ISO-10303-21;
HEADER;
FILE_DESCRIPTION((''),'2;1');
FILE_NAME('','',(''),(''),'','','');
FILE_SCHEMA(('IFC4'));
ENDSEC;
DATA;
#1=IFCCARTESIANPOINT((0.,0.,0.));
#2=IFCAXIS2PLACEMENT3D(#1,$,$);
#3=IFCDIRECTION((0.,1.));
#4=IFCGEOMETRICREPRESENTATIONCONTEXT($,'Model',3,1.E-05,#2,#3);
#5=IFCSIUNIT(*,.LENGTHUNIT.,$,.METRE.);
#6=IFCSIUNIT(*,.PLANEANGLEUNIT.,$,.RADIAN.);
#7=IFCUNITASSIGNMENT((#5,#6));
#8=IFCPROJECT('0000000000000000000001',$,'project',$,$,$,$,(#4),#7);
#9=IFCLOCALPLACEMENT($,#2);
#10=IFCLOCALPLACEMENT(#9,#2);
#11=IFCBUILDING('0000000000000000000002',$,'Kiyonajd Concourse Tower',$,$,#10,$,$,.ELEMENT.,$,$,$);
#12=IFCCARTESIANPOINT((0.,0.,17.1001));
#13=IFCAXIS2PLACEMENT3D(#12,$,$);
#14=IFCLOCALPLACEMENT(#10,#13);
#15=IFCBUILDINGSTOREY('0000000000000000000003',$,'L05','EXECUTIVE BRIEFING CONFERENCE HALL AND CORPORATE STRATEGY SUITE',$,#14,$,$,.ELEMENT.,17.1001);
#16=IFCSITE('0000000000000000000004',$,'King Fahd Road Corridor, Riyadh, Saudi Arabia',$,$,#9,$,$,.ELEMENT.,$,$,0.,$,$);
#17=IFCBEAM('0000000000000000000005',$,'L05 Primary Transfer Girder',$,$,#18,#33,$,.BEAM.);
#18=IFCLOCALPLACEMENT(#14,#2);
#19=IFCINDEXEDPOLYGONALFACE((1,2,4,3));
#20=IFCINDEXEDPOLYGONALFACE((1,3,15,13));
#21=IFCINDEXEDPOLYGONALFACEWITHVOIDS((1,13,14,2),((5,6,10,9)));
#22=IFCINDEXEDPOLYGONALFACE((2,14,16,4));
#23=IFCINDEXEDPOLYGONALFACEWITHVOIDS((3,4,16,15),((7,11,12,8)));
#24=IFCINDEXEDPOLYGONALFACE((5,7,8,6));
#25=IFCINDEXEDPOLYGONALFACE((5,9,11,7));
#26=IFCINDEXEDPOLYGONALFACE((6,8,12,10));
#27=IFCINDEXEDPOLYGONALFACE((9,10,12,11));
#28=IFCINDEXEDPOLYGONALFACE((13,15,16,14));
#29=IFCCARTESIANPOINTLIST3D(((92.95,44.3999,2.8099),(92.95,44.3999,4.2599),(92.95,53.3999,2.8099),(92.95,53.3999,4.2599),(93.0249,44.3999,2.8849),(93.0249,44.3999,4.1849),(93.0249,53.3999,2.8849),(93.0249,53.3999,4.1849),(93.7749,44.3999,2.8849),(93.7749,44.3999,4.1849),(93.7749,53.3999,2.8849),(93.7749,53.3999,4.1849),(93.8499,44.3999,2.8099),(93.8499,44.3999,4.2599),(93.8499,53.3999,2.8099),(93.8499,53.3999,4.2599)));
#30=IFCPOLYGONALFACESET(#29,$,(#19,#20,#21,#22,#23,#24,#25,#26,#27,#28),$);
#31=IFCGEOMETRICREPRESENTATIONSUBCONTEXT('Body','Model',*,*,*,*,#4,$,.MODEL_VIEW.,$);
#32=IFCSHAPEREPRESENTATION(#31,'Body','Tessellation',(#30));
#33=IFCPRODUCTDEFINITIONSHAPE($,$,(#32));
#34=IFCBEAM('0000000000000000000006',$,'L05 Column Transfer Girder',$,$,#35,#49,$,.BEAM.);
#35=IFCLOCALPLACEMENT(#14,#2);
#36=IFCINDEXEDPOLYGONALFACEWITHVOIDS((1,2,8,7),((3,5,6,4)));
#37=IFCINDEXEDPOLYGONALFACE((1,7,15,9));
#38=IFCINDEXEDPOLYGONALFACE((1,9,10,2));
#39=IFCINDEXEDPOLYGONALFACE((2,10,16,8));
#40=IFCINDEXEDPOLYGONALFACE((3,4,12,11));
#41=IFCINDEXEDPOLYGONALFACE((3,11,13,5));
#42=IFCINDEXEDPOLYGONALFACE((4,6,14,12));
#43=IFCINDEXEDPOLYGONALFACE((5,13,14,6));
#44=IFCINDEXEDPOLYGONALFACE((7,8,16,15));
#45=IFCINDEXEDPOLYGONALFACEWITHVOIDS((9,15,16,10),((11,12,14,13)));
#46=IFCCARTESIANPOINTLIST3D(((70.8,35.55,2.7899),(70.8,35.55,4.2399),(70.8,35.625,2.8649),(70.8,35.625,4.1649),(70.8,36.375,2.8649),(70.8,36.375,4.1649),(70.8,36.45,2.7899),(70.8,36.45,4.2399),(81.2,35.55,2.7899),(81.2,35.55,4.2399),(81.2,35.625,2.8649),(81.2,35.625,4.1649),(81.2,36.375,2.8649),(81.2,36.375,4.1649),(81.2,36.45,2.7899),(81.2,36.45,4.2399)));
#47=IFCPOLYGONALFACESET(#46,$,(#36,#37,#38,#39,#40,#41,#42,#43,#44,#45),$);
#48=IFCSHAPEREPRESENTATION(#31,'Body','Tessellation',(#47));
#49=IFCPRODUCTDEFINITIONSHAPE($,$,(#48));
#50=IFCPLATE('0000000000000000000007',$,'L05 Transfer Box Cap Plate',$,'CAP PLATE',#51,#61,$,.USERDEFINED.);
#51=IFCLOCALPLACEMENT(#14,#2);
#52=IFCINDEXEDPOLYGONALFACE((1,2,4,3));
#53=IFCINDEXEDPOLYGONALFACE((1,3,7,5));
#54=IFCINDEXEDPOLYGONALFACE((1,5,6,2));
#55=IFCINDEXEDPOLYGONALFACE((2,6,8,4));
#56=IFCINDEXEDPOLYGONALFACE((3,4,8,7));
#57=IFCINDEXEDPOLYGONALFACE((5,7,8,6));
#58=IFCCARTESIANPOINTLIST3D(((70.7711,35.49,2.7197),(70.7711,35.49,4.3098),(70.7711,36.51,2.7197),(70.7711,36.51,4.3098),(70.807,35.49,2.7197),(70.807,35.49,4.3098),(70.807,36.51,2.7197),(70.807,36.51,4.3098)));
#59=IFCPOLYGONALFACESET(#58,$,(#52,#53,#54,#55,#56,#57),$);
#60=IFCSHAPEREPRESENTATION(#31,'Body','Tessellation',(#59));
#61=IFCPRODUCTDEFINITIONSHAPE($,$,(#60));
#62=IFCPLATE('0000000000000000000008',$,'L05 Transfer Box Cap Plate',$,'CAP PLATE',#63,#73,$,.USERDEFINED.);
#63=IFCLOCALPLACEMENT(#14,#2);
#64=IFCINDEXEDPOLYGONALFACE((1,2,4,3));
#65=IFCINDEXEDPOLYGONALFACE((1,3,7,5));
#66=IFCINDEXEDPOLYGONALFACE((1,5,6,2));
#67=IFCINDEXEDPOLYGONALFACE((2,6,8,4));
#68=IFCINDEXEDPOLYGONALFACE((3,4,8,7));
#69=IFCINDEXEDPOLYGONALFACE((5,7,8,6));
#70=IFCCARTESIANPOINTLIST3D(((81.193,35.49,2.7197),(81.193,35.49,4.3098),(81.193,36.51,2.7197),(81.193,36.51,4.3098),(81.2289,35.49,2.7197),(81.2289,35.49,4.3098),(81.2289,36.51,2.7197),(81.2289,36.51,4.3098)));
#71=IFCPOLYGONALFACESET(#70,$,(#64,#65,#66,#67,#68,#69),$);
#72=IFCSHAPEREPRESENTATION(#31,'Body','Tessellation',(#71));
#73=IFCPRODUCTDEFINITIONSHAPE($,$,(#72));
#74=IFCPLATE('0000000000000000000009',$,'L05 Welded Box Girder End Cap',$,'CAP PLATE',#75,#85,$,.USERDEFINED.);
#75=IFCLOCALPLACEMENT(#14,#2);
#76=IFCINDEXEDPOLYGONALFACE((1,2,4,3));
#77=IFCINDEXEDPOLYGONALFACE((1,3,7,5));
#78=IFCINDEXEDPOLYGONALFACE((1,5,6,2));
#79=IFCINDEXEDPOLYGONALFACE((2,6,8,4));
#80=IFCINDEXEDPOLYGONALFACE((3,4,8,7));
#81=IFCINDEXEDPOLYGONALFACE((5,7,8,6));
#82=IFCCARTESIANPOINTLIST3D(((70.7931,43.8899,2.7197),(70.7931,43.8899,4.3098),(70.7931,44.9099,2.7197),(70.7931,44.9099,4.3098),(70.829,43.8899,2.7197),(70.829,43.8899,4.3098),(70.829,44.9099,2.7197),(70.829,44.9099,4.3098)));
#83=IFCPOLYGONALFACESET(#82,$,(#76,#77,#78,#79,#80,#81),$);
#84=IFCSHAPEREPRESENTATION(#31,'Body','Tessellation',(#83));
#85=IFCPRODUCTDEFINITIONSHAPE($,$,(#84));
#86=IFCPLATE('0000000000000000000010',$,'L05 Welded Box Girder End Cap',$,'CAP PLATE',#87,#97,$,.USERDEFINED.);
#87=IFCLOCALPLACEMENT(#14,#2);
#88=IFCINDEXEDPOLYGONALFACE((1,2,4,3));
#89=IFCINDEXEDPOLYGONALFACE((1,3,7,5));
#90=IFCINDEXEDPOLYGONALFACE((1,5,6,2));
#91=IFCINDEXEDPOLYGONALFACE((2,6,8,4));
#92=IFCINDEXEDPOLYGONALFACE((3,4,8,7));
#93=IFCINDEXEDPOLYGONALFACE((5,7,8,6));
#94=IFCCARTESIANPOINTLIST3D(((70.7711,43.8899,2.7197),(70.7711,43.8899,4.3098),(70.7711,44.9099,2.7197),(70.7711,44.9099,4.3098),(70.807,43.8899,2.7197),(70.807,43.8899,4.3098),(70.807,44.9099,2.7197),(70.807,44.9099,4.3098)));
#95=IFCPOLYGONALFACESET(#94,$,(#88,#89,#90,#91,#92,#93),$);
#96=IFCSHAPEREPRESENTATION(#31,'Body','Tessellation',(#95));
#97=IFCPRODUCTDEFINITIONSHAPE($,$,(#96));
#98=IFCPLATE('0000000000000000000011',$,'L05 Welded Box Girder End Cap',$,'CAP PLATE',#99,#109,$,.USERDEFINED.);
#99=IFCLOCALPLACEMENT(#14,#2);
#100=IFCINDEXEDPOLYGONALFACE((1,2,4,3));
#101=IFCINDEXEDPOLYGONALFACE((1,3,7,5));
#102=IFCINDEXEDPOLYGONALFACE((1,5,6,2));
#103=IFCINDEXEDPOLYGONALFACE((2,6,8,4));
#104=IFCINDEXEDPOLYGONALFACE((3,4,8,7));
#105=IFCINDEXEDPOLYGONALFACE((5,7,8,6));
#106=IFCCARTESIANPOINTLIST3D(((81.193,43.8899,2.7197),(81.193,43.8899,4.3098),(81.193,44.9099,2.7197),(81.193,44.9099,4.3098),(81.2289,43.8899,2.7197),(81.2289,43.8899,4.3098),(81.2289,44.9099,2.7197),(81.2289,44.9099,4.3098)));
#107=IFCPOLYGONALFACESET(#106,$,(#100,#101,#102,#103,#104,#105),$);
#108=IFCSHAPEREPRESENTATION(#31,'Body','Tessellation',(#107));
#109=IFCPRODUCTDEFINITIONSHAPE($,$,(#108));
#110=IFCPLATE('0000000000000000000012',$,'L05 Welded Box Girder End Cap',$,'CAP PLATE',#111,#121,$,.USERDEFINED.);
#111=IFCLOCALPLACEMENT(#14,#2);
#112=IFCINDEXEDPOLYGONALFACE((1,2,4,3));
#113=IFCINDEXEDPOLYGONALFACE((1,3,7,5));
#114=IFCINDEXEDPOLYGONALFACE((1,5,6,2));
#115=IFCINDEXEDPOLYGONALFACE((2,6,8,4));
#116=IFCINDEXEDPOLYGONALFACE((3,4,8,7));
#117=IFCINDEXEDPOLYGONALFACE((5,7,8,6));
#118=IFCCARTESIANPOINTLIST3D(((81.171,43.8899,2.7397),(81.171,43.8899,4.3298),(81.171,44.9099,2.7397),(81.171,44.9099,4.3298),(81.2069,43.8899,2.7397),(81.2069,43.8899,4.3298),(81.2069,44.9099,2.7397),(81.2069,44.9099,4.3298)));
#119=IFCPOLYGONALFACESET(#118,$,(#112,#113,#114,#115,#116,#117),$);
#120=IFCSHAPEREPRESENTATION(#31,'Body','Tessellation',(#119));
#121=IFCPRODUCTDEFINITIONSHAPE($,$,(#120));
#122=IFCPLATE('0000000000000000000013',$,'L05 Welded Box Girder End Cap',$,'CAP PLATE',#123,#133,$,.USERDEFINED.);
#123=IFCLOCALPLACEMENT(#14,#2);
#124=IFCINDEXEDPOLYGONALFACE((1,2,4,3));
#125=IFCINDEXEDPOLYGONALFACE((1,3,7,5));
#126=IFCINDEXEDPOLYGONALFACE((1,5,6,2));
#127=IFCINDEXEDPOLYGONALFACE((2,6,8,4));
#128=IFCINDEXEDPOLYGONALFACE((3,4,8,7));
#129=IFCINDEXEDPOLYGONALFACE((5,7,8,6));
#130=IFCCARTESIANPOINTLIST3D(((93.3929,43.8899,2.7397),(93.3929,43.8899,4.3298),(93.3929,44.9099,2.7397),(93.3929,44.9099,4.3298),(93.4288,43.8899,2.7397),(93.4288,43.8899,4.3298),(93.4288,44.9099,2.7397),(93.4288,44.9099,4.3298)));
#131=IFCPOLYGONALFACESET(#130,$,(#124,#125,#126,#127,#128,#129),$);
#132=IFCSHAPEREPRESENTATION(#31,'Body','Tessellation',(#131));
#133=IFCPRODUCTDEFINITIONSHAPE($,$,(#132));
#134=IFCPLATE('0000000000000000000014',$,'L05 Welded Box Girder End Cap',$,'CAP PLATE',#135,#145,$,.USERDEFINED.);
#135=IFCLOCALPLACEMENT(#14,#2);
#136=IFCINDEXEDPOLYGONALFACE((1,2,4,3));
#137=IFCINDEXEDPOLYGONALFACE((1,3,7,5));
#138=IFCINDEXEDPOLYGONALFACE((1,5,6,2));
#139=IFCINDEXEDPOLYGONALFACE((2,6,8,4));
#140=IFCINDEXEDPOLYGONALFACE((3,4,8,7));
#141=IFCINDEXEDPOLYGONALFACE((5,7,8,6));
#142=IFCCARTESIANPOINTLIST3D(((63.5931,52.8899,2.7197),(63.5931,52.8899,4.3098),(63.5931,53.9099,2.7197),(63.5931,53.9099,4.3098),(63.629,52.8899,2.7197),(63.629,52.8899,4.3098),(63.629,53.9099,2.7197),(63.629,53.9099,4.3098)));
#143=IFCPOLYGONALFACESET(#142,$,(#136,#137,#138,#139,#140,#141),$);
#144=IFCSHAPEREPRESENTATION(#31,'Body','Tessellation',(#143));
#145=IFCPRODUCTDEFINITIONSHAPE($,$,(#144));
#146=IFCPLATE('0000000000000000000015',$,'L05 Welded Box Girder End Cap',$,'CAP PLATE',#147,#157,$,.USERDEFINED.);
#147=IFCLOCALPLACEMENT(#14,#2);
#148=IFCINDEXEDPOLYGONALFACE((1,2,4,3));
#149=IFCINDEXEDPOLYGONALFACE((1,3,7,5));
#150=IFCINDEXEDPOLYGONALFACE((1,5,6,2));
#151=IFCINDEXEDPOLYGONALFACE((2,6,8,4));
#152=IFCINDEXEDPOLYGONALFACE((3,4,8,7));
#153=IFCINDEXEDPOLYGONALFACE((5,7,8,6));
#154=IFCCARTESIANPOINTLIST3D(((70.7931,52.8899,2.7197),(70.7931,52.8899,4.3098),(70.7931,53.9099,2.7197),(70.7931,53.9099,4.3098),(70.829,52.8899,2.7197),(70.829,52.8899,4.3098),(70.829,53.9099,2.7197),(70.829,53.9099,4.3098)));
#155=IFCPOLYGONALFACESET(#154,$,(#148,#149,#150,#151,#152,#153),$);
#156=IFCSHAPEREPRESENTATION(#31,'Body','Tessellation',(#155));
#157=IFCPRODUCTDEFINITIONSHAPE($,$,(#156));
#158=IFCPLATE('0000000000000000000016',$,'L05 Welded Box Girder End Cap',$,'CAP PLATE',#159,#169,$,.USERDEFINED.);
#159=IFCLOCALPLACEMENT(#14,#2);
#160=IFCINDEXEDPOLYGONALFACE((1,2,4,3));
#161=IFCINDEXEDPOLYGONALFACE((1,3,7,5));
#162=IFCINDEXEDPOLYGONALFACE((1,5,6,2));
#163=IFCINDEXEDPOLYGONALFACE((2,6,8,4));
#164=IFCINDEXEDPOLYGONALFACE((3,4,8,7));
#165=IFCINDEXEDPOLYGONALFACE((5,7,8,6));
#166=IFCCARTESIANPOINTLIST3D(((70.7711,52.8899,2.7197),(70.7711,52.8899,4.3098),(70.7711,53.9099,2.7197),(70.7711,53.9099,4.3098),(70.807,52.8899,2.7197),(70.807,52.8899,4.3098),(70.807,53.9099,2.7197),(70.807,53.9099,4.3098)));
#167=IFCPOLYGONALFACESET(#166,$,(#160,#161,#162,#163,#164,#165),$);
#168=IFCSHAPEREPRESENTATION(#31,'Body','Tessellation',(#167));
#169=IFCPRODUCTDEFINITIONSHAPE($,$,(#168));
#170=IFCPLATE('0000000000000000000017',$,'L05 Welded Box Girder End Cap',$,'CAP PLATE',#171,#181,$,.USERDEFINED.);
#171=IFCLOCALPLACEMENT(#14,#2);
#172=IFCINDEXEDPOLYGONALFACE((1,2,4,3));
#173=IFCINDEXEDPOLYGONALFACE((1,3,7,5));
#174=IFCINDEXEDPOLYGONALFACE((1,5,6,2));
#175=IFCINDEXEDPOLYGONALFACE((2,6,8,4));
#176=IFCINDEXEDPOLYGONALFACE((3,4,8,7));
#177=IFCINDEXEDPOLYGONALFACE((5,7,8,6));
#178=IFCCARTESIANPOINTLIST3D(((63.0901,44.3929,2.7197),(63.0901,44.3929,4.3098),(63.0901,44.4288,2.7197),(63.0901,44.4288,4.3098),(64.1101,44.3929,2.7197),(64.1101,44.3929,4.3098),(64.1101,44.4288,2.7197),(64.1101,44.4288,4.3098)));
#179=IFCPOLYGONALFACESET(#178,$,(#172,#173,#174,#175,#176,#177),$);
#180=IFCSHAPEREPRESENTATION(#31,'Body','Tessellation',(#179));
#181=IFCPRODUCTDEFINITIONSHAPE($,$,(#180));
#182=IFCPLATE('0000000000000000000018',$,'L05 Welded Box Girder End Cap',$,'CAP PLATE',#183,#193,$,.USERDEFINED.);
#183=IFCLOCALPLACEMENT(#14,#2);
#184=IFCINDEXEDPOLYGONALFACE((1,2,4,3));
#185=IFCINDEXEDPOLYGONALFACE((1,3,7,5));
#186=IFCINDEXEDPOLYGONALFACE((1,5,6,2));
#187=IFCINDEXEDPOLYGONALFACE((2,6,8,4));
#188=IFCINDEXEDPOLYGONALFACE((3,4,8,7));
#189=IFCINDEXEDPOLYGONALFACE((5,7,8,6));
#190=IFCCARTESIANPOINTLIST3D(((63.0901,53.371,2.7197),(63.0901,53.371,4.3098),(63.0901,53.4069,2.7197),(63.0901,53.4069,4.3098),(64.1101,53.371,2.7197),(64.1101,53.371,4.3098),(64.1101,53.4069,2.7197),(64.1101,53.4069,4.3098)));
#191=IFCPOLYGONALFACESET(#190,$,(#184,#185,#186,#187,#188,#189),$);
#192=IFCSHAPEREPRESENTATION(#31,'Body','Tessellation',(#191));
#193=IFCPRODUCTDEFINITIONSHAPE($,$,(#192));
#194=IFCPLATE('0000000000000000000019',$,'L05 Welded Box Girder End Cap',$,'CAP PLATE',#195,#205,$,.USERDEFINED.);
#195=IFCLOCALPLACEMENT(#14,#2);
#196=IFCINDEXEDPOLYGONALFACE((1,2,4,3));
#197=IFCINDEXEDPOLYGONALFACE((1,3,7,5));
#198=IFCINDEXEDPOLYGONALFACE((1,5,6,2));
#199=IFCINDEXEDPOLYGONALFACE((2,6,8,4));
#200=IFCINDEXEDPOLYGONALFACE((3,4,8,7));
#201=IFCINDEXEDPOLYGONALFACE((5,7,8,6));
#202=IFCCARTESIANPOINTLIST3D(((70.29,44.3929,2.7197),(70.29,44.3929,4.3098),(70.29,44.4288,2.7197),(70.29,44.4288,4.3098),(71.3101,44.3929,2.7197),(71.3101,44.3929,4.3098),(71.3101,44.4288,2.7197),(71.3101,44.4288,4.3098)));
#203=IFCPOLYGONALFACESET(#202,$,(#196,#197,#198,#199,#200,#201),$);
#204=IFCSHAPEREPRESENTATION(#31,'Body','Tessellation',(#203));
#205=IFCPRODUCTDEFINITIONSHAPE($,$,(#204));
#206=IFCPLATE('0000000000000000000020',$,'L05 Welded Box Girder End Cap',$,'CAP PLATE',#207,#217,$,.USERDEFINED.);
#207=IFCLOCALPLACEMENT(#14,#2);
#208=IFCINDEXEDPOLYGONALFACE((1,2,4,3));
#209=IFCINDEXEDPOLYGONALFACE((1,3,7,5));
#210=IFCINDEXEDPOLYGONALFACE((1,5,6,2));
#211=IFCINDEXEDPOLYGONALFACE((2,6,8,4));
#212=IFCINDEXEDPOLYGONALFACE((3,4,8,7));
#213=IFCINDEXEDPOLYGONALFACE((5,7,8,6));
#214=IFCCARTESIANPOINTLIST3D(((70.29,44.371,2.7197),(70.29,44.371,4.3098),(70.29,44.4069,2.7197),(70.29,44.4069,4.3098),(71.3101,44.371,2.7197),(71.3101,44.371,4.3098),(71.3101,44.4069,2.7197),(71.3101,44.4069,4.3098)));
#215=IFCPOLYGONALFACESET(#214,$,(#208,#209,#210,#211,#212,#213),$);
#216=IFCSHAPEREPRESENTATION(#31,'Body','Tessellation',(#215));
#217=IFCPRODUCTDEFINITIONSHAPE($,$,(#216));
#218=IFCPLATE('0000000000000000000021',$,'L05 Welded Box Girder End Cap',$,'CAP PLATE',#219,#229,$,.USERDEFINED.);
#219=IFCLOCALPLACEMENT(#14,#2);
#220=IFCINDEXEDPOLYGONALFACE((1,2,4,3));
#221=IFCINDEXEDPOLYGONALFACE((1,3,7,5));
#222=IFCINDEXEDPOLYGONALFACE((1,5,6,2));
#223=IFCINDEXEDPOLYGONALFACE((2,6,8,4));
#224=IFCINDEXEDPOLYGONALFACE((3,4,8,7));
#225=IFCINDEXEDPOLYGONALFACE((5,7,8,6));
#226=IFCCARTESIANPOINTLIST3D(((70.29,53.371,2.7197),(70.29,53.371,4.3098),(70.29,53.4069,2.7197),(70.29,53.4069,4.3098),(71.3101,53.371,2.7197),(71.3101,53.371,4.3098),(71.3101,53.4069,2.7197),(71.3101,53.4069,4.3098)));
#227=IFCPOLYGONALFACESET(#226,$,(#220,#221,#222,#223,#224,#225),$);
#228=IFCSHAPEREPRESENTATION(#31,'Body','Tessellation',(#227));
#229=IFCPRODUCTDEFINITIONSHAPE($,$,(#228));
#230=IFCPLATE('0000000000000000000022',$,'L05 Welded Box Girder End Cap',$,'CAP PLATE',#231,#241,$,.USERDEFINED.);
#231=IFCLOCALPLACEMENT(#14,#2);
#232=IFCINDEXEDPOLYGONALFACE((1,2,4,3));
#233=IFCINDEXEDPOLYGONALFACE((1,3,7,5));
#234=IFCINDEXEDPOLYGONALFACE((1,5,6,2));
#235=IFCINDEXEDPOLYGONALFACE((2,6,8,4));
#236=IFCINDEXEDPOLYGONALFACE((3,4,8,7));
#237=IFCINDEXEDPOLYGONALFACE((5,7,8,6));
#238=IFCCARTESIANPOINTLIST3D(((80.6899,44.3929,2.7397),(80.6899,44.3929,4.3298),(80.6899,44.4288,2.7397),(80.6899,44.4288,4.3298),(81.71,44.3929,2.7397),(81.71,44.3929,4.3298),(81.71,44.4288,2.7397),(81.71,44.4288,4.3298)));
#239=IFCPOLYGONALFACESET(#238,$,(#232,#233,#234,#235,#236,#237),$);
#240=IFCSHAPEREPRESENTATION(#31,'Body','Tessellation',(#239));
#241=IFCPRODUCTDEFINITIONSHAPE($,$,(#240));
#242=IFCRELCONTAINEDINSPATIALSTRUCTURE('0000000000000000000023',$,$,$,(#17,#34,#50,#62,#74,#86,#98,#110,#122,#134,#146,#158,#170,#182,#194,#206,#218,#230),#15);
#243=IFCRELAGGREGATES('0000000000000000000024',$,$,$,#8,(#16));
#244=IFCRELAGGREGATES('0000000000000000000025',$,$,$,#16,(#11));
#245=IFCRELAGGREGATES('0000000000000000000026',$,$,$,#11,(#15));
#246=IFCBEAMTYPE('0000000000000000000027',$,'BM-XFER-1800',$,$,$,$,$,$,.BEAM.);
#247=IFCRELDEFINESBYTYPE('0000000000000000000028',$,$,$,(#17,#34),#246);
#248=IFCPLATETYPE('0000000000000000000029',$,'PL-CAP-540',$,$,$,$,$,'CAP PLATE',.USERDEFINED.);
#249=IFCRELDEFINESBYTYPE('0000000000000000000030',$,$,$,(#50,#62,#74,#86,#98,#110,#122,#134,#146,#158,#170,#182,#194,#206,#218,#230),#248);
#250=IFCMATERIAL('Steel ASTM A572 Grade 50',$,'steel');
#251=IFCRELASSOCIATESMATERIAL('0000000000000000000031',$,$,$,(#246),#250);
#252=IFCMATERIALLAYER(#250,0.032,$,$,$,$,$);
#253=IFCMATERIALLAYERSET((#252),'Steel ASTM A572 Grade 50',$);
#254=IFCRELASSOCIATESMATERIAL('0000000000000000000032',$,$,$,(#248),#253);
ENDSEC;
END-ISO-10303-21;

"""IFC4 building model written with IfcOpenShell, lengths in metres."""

from ifc_helpers import new_model, si_unit, direction, frame, origin, origin_2d, place, context, subcontext, project, spatial, rectangle, hollow_rectangle, extrude, material, layer, layer_set, material_profile, profile_set, type_object, element, save


model = new_model("IFC4")

# Units and contexts
model_context = context("Model", 3, precision=1e-05, world=origin(), true_north=direction((0.0, 1.0)))
body_context = subcontext(model_context, "Body", "Model", "MODEL_VIEW")
ifc_project = project(units=[si_unit("LENGTHUNIT", "METRE"), si_unit("PLANEANGLEUNIT", "RADIAN")], contexts=[model_context])

# Site, building, storey
site_placement = place(None, origin())
site = spatial("IfcSite", under=ifc_project, at=site_placement, Name="King Fahd Road Corridor, Riyadh, Saudi Arabia", CompositionType="ELEMENT", RefElevation=0.0)
building_placement = place(site_placement, origin())
building = spatial("IfcBuilding", under=site, at=building_placement, Name="Kiyonajd Concourse Tower", CompositionType="ELEMENT")
storey_placement = place(building_placement, frame((0.0, 0.0, 17.1001)))
storey = spatial("IfcBuildingStorey", under=building, at=storey_placement, Name="L05", Description="EXECUTIVE BRIEFING CONFERENCE HALL AND CORPORATE STRATEGY SUITE", CompositionType="ELEMENT", Elevation=17.1001)

# Beams
ifc_material_1 = material(Name="Steel ASTM A572 Grade 50", Category="steel")
ifc_material_profile_1 = material_profile(ifc_material_1, hollow_rectangle(XDim=0.8999, YDim=1.45, WallThickness=0.075, at=origin_2d()), Name="BOX-1450x900x75")
ifc_profile_set_1 = profile_set([ifc_material_profile_1], Name="Steel ASTM A572 Grade 50")
beam_type = type_object("IfcBeamType", Name="BM-XFER-1800", PredefinedType="BEAM", material=ifc_profile_set_1)
for number, where, z_axis, x_axis, name in (
    (1, (93.3999, 44.3999, 3.5349), (0.0, 1.0, 0.0), (-1.0, 0.0, 0.0), "L05 Primary Transfer Girder"),
):
    element("IfcBeam", number, at=place(storey_placement, frame(where, z_axis=z_axis, x_axis=x_axis)), inside=storey, type_object=beam_type, Name=name, PredefinedType="BEAM", context=body_context, shape_type="SweptSolid", body=[
        extrude(hollow_rectangle(XDim=0.8999, YDim=1.45, WallThickness=0.075, at=origin_2d()), origin(), (0.0, 0.0, 1.0), 9.0),
    ])
beam_1_placement = place(storey_placement, frame((70.8, 36.0, 3.5149), z_axis=(1.0, 0.0, 0.0), x_axis=(0.0, 1.0, 0.0)))
element("IfcBeam", 2, at=beam_1_placement, inside=storey, type_object=beam_type, Name="L05 Column Transfer Girder", PredefinedType="BEAM", context=body_context, shape_type="SweptSolid", body=[
    extrude(hollow_rectangle(XDim=0.8999, YDim=1.45, WallThickness=0.075, at=origin_2d()), origin(), (0.0, 0.0, 1.0), 10.3999),
])

# Plates
ifc_layer_1 = layer(ifc_material_1, 0.032)
ifc_layer_set_1 = layer_set([ifc_layer_1], Name="Steel ASTM A572 Grade 50")
plate_type = type_object("IfcPlateType", Name="PL-CAP-540", ElementType="CAP PLATE", PredefinedType="USERDEFINED", material=ifc_layer_set_1)
for number, where, z_axis, x_axis, name in (
    (3, (70.7891, 36.0, 2.7197), (0.0, 0.0, 1.0), (-1.0, 0.0, 0.0), "L05 Transfer Box Cap Plate"),
    (4, (81.2109, 36.0, 2.7197), (0.0, 0.0, 1.0), (1.0, 0.0, 0.0), "L05 Transfer Box Cap Plate"),
    (5, (70.811, 44.3999, 2.7197), (0.0, 0.0, 1.0), (1.0, 0.0, 0.0), "L05 Welded Box Girder End Cap"),
    (6, (70.7891, 44.3999, 2.7197), (0.0, 0.0, 1.0), (-1.0, 0.0, 0.0), "L05 Welded Box Girder End Cap"),
    (7, (81.2109, 44.3999, 2.7197), (0.0, 0.0, 1.0), (1.0, 0.0, 0.0), "L05 Welded Box Girder End Cap"),
    (8, (81.189, 44.3999, 2.7397), (0.0, 0.0, 1.0), (-1.0, 0.0, 0.0), "L05 Welded Box Girder End Cap"),
    (9, (93.4109, 44.3999, 2.7397), (0.0, 0.0, 1.0), (1.0, 0.0, 0.0), "L05 Welded Box Girder End Cap"),
    (10, (63.6111, 53.3999, 2.7197), (0.0, 0.0, 1.0), (1.0, 0.0, 0.0), "L05 Welded Box Girder End Cap"),
    (11, (70.811, 53.3999, 2.7197), (0.0, 0.0, 1.0), (1.0, 0.0, 0.0), "L05 Welded Box Girder End Cap"),
    (12, (70.7891, 53.3999, 2.7197), (0.0, 0.0, 1.0), (-1.0, 0.0, 0.0), "L05 Welded Box Girder End Cap"),
    (13, (63.6001, 44.4109, 2.7197), (0.0, 0.0, 1.0), (0.0, 1.0, 0.0), "L05 Welded Box Girder End Cap"),
    (14, (63.6001, 53.3889, 2.7197), (0.0, 0.0, 1.0), (0.0, -1.0, 0.0), "L05 Welded Box Girder End Cap"),
    (15, (70.8, 44.4109, 2.7197), (0.0, 0.0, 1.0), (0.0, 1.0, 0.0), "L05 Welded Box Girder End Cap"),
    (16, (70.8, 44.3889, 2.7197), (0.0, 0.0, 1.0), (0.0, -1.0, 0.0), "L05 Welded Box Girder End Cap"),
    (17, (70.8, 53.3889, 2.7197), (0.0, 0.0, 1.0), (0.0, -1.0, 0.0), "L05 Welded Box Girder End Cap"),
    (18, (81.2, 44.4109, 2.7397), (0.0, 0.0, 1.0), (0.0, 1.0, 0.0), "L05 Welded Box Girder End Cap"),
):
    element("IfcPlate", number, at=place(storey_placement, frame(where, z_axis=z_axis, x_axis=x_axis)), inside=storey, type_object=plate_type, Name=name, ObjectType="CAP PLATE", PredefinedType="USERDEFINED", context=body_context, shape_type="SweptSolid", body=[
        extrude(rectangle(XDim=0.0359, YDim=1.02, at=origin_2d()), origin(), (0.0, 0.0, 1.0), 1.5901),
    ])

save(model, "model.ifc")
